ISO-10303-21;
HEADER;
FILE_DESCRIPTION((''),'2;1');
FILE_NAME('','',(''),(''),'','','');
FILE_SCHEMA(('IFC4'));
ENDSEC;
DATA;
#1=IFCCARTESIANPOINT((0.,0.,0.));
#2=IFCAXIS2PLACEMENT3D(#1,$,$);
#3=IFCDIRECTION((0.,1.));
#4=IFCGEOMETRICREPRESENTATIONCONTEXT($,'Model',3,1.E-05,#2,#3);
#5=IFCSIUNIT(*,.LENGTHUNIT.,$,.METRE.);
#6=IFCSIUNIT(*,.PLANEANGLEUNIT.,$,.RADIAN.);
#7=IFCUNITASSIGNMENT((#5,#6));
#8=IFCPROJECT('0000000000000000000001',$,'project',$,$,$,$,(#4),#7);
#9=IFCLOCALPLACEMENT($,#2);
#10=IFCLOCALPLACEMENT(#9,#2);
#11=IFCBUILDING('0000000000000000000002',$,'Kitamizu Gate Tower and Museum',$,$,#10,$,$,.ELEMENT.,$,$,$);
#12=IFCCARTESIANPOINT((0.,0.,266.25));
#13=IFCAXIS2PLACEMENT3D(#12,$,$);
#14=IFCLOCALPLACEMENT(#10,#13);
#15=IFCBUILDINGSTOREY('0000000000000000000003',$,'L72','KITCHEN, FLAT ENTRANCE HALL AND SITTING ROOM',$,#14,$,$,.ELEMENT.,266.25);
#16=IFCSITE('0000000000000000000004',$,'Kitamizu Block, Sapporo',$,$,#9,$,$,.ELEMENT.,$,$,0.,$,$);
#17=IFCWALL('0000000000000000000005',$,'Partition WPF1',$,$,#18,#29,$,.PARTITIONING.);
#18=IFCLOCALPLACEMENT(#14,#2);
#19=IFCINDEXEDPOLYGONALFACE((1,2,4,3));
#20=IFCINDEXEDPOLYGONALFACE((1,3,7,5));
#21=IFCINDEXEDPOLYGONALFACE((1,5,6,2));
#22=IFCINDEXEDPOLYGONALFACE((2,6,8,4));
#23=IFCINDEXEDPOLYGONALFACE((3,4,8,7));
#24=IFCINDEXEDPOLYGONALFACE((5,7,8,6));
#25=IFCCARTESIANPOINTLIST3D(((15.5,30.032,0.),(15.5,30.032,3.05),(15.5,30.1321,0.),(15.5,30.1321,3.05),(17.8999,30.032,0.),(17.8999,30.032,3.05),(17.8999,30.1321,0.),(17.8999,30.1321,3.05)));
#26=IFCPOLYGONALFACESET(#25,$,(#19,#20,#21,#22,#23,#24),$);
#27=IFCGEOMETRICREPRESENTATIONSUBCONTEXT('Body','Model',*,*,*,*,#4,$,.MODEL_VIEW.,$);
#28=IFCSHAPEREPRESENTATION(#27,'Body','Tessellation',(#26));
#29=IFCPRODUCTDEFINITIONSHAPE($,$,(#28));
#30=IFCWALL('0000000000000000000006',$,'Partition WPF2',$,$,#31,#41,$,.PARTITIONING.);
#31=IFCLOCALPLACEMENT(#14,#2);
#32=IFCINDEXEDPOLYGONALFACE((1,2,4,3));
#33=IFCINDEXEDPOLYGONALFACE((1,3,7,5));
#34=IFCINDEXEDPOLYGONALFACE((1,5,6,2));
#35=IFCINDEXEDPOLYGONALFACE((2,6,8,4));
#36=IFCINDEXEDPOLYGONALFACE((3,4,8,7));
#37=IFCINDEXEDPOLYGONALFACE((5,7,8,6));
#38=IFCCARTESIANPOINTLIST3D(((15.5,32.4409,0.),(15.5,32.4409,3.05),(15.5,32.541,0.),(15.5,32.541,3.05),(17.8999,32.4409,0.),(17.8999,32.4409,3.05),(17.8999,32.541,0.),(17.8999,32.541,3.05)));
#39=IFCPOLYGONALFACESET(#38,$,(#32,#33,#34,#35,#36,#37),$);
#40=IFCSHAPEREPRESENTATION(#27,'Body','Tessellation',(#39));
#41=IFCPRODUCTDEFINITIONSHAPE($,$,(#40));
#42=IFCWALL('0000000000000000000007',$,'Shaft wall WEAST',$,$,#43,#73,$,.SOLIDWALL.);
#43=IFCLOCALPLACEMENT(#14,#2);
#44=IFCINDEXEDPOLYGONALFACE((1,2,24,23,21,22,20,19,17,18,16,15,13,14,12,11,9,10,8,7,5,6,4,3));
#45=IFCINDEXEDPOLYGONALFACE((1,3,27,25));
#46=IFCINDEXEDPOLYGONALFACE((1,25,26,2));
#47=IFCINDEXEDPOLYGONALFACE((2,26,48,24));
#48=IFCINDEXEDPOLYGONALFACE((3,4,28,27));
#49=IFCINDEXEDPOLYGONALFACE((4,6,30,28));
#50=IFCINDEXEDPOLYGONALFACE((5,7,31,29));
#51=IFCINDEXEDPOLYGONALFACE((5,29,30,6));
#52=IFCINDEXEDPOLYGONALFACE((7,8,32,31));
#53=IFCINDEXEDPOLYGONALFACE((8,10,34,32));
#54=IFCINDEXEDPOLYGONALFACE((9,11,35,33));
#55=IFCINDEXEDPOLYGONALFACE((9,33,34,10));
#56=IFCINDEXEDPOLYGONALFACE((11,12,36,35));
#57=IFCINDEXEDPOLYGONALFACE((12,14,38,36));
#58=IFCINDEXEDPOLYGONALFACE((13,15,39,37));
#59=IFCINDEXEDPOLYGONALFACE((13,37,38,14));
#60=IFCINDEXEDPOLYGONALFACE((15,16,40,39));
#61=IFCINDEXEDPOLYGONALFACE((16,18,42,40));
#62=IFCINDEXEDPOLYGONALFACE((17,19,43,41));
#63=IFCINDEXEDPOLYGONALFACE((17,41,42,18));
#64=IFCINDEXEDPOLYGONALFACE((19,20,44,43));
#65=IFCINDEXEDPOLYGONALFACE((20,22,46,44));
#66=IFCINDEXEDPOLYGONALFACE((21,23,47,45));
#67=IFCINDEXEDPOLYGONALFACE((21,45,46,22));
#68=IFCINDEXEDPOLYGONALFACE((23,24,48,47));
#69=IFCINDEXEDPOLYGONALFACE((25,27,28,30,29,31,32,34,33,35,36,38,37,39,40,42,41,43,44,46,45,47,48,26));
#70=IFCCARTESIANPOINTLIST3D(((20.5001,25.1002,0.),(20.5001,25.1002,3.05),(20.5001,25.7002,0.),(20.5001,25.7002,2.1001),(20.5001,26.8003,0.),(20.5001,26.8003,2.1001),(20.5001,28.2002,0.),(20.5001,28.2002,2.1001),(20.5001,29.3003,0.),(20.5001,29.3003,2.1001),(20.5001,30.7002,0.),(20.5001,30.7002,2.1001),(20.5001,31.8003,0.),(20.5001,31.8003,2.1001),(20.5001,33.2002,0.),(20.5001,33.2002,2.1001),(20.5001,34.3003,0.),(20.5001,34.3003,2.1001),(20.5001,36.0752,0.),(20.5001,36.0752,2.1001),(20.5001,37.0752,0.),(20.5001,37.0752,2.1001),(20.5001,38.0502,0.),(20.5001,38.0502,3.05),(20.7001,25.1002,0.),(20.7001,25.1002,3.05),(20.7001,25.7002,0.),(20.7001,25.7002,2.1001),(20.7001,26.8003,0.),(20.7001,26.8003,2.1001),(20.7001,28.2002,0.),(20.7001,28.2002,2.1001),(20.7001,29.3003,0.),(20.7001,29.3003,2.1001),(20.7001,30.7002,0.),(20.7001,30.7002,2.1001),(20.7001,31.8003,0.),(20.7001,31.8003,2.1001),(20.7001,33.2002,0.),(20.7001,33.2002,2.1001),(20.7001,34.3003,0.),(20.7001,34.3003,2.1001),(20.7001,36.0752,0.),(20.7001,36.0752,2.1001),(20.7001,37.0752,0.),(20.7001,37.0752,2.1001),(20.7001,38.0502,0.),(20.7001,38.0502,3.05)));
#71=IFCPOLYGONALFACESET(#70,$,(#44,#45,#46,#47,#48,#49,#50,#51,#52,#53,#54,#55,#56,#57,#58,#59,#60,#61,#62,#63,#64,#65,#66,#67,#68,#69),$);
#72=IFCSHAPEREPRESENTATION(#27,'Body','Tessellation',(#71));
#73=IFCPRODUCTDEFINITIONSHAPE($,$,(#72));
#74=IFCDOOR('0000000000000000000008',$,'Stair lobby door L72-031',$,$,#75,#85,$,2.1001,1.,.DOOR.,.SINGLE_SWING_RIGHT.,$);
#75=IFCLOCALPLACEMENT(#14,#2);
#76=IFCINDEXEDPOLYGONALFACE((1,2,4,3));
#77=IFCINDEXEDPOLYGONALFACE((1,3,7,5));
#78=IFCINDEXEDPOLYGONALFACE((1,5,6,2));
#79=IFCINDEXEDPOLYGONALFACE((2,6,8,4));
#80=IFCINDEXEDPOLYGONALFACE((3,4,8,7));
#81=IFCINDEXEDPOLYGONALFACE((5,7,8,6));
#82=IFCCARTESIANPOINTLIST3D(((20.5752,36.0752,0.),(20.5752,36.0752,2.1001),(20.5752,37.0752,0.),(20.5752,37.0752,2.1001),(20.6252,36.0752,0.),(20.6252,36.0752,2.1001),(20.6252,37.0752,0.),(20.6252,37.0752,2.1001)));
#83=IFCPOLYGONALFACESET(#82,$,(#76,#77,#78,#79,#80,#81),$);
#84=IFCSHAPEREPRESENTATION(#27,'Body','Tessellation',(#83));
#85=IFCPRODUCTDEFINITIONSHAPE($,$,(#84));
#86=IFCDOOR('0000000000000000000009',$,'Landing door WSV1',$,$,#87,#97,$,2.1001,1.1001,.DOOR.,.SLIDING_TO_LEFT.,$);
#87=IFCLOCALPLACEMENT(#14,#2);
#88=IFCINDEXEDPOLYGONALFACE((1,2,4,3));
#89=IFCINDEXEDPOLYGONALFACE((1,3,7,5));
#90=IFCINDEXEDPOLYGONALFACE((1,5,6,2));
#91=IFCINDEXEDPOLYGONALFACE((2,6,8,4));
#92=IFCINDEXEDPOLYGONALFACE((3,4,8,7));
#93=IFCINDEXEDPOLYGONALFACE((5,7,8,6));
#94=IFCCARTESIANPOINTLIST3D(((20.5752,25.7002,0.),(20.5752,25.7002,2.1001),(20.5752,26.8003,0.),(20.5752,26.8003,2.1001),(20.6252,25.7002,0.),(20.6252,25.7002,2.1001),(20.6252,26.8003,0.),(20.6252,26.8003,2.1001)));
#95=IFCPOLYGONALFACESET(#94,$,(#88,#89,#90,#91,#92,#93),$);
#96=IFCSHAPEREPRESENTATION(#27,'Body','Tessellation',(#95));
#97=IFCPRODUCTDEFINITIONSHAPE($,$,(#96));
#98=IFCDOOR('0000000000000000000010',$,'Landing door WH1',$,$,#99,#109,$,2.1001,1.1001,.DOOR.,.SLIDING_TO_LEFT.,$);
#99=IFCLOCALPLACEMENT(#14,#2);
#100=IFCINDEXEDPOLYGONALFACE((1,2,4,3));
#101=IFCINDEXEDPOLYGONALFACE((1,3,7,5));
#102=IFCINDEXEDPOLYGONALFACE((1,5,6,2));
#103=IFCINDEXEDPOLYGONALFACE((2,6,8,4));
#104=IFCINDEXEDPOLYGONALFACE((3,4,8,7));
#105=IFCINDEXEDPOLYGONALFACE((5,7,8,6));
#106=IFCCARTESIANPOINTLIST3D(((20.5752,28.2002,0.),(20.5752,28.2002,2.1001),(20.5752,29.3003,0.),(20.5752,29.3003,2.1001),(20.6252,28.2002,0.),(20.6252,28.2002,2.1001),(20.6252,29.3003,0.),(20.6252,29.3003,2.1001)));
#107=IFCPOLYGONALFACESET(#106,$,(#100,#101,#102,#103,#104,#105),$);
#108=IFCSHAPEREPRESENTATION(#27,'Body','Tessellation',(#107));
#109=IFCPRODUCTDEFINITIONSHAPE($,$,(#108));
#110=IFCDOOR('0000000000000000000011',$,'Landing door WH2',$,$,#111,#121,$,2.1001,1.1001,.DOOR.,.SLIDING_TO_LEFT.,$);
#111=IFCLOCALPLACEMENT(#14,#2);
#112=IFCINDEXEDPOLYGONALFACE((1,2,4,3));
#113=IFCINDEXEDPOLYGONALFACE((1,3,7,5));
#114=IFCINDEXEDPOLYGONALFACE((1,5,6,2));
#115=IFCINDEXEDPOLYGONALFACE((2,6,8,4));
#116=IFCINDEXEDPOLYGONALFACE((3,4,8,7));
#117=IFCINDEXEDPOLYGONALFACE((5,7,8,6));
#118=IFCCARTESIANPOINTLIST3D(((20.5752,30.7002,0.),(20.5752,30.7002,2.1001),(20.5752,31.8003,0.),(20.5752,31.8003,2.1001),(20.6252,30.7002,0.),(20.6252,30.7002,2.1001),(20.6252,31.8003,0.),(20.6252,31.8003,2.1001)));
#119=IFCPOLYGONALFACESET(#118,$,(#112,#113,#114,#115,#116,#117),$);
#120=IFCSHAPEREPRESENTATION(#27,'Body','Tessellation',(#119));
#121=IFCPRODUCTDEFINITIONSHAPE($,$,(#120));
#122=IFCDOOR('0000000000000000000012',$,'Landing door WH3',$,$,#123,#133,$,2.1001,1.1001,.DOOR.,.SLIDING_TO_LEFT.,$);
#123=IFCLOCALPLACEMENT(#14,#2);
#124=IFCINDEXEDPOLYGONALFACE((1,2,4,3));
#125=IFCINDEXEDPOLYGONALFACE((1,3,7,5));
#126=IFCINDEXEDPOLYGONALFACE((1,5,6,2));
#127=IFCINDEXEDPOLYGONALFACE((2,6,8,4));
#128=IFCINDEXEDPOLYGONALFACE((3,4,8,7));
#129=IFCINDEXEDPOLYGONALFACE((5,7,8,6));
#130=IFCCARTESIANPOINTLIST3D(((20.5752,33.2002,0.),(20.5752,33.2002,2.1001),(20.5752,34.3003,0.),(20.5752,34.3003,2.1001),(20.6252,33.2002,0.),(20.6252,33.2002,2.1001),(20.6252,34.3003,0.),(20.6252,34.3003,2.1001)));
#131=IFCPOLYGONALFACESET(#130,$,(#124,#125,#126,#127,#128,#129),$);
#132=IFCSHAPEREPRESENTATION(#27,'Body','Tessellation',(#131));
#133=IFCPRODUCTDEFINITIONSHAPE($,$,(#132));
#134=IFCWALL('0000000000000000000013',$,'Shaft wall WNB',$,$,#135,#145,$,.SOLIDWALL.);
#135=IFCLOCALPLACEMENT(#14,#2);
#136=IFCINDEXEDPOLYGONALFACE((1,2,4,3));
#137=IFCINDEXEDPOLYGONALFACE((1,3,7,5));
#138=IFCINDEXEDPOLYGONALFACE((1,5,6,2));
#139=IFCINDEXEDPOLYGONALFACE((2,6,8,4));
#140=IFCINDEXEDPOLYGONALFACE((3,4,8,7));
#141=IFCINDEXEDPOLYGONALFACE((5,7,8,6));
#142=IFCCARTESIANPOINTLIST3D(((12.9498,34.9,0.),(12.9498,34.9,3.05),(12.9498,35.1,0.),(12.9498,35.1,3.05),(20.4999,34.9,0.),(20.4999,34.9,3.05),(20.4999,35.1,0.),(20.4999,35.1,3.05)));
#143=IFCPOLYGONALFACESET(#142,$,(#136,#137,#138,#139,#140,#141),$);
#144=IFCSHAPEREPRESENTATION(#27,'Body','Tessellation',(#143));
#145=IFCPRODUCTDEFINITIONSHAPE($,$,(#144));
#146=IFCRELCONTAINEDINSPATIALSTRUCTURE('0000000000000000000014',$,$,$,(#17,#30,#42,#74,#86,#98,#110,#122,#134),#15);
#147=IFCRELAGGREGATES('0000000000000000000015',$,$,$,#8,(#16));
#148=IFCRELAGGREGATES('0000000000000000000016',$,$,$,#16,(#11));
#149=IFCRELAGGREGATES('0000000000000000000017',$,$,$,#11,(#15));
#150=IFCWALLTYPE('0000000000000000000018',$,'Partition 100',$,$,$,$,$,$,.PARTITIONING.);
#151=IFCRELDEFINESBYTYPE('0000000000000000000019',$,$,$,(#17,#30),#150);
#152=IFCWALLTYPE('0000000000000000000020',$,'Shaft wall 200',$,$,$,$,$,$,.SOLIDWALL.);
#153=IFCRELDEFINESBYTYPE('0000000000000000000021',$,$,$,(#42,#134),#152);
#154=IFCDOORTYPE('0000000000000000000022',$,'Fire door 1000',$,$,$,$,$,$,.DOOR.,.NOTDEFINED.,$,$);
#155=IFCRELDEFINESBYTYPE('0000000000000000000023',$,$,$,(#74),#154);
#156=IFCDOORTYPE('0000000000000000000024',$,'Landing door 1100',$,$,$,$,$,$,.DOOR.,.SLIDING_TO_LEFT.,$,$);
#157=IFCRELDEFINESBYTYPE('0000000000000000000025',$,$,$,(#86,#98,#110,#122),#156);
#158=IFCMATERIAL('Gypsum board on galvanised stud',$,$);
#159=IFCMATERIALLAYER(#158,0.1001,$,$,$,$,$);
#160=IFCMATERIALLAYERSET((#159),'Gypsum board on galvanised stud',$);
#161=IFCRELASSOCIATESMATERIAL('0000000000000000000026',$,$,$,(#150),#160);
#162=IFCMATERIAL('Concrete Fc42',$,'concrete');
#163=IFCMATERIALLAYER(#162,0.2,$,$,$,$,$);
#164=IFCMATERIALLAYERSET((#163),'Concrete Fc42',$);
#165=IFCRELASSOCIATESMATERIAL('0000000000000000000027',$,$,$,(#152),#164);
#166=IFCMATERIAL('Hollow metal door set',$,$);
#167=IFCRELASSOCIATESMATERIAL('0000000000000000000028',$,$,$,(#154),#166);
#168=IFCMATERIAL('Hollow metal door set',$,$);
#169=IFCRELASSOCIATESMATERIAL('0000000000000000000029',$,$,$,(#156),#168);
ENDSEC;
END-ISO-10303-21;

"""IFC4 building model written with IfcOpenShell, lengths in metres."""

from ifc_helpers import new_model, si_unit, direction, frame, frame_2d, origin, place, context, subcontext, project, spatial, rectangle, extrude, material, layer, layer_set, type_object, element, fill, save


model = new_model("IFC4")

# Units and contexts
model_context = context("Model", 3, precision=1e-05, world=origin(), true_north=direction((0.0, 1.0)))
body_context = subcontext(model_context, "Body", "Model", "MODEL_VIEW")
ifc_project = project(units=[si_unit("LENGTHUNIT", "METRE"), si_unit("PLANEANGLEUNIT", "RADIAN")], contexts=[model_context])

# Site, building, storey
site_placement = place(None, origin())
site = spatial("IfcSite", under=ifc_project, at=site_placement, Name="Kitamizu Block, Sapporo", CompositionType="ELEMENT", RefElevation=0.0)
building_placement = place(site_placement, origin())
building = spatial("IfcBuilding", under=site, at=building_placement, Name="Kitamizu Gate Tower and Museum", CompositionType="ELEMENT")
storey_placement = place(building_placement, frame((0.0, 0.0, 266.25)))
storey = spatial("IfcBuildingStorey", under=building, at=storey_placement, Name="L72", Description="KITCHEN, FLAT ENTRANCE HALL AND SITTING ROOM", CompositionType="ELEMENT", Elevation=266.25)

# Walls
ifc_material_1 = material(Name="Gypsum board on galvanised stud")
ifc_layer_1 = layer(ifc_material_1, 0.1001)
ifc_layer_set_1 = layer_set([ifc_layer_1], Name="Gypsum board on galvanised stud")
wall_type_1 = type_object("IfcWallType", Name="Partition 100", PredefinedType="PARTITIONING", material=ifc_layer_set_1)
for number, where, z_axis, x_axis, name in (
    (1, (15.5, 30.082, 0.0), (0.0, 0.0, 1.0), (1.0, 0.0, 0.0), "Partition WPF1"),
    (2, (15.5, 32.491, 0.0), (0.0, 0.0, 1.0), (1.0, 0.0, 0.0), "Partition WPF2"),
):
    element("IfcWall", number, at=place(storey_placement, frame(where, z_axis=z_axis, x_axis=x_axis)), inside=storey, type_object=wall_type_1, Name=name, PredefinedType="PARTITIONING", context=body_context, shape_type="SweptSolid", body=[
        extrude(rectangle(XDim=2.3999, YDim=0.1001, at=frame_2d((1.2, 0.0))), origin(), (0.0, 0.0, 1.0), 3.05),
    ])

# Wall, openings, doors
ifc_material_2 = material(Name="Concrete Fc42", Category="concrete")
ifc_layer_2 = layer(ifc_material_2, 0.2)
ifc_layer_set_2 = layer_set([ifc_layer_2], Name="Concrete Fc42")
wall_type_2 = type_object("IfcWallType", Name="Shaft wall 200", PredefinedType="SOLIDWALL", material=ifc_layer_set_2)
wall_1_placement = place(storey_placement, frame((20.6001, 25.1001, 0.0), z_axis=(0.0, 0.0, 1.0), x_axis=(0.0, 1.0, 0.0)))
wall_1 = element("IfcWall", 3, at=wall_1_placement, inside=storey, type_object=wall_type_2, Name="Shaft wall WEAST", PredefinedType="SOLIDWALL", context=body_context, shape_type="SweptSolid", body=[
    extrude(rectangle(XDim=12.95, YDim=0.2, at=frame_2d((6.4751, 0.0))), origin(), (0.0, 0.0, 1.0), 3.05),
])
opening_1_placement = place(wall_1_placement, frame((0.6001, 0.0, 0.0)))
opening_1 = element("IfcOpeningElement", 4, at=opening_1_placement, cuts=wall_1, PredefinedType="OPENING", context=body_context, shape_type="SweptSolid", body=[
    extrude(rectangle(XDim=1.1001, YDim=2.1001, at=frame_2d((0.55, 1.05))), frame((0.0, 0.1099, 0.0), z_axis=(0.0, -1.0, 0.0), x_axis=(1.0, 0.0, 0.0)), (0.0, 0.0, 1.0), 0.22),
])
opening_2_placement = place(wall_1_placement, frame((3.1001, 0.0, 0.0)))
opening_2 = element("IfcOpeningElement", 5, at=opening_2_placement, cuts=wall_1, PredefinedType="OPENING", context=body_context, shape_type="SweptSolid", body=[
    extrude(rectangle(XDim=1.1001, YDim=2.1001, at=frame_2d((0.55, 1.05))), frame((0.0, 0.1099, 0.0), z_axis=(0.0, -1.0, 0.0), x_axis=(1.0, 0.0, 0.0)), (0.0, 0.0, 1.0), 0.22),
])
opening_3_placement = place(wall_1_placement, frame((5.6001, 0.0, 0.0)))
opening_3 = element("IfcOpeningElement", 6, at=opening_3_placement, cuts=wall_1, PredefinedType="OPENING", context=body_context, shape_type="SweptSolid", body=[
    extrude(rectangle(XDim=1.1001, YDim=2.1001, at=frame_2d((0.55, 1.05))), frame((0.0, 0.1099, 0.0), z_axis=(0.0, -1.0, 0.0), x_axis=(1.0, 0.0, 0.0)), (0.0, 0.0, 1.0), 0.22),
])
opening_4_placement = place(wall_1_placement, frame((8.1001, 0.0, 0.0)))
opening_4 = element("IfcOpeningElement", 7, at=opening_4_placement, cuts=wall_1, PredefinedType="OPENING", context=body_context, shape_type="SweptSolid", body=[
    extrude(rectangle(XDim=1.1001, YDim=2.1001, at=frame_2d((0.55, 1.05))), frame((0.0, 0.1099, 0.0), z_axis=(0.0, -1.0, 0.0), x_axis=(1.0, 0.0, 0.0)), (0.0, 0.0, 1.0), 0.22),
])
opening_5_placement = place(wall_1_placement, frame((10.9751, 0.0, 0.0)))
opening_5 = element("IfcOpeningElement", 8, at=opening_5_placement, cuts=wall_1, PredefinedType="OPENING", context=body_context, shape_type="SweptSolid", body=[
    extrude(rectangle(XDim=1.0, YDim=2.1001, at=frame_2d((0.5, 1.05))), frame((0.0, 0.1099, 0.0), z_axis=(0.0, -1.0, 0.0), x_axis=(1.0, 0.0, 0.0)), (0.0, 0.0, 1.0), 0.22),
])
ifc_material_3 = material(Name="Hollow metal door set")
door_type_1 = type_object("IfcDoorType", Name="Fire door 1000", OperationType="NOTDEFINED", PredefinedType="DOOR", material=ifc_material_3)
door_1_placement = place(opening_5_placement, origin())
door_1 = element("IfcDoor", 9, at=door_1_placement, inside=storey, type_object=door_type_1, Name="Stair lobby door L72-031", OperationType="SINGLE_SWING_RIGHT", OverallHeight=2.1001, OverallWidth=1.0, PredefinedType="DOOR", context=body_context, shape_type="SweptSolid", body=[
    extrude(rectangle(XDim=1.0, YDim=2.1001, at=frame_2d((0.5, 1.05))), frame((0.0, 0.0249, 0.0), z_axis=(0.0, -1.0, 0.0), x_axis=(1.0, 0.0, 0.0)), (0.0, 0.0, 1.0), 0.05),
])
fill(opening_5, door_1)
ifc_material_4 = material(Name="Hollow metal door set")
door_type_2 = type_object("IfcDoorType", Name="Landing door 1100", OperationType="SLIDING_TO_LEFT", PredefinedType="DOOR", material=ifc_material_4)
door_2_placement = place(opening_1_placement, origin())
door_2 = element("IfcDoor", 10, at=door_2_placement, inside=storey, type_object=door_type_2, Name="Landing door WSV1", OperationType="SLIDING_TO_LEFT", OverallHeight=2.1001, OverallWidth=1.1001, PredefinedType="DOOR", context=body_context, shape_type="SweptSolid", body=[
    extrude(rectangle(XDim=1.1001, YDim=2.1001, at=frame_2d((0.55, 1.05))), frame((0.0, 0.0249, 0.0), z_axis=(0.0, -1.0, 0.0), x_axis=(1.0, 0.0, 0.0)), (0.0, 0.0, 1.0), 0.05),
])
fill(opening_1, door_2)
door_3_placement = place(opening_2_placement, origin())
door_3 = element("IfcDoor", 11, at=door_3_placement, inside=storey, type_object=door_type_2, Name="Landing door WH1", OperationType="SLIDING_TO_LEFT", OverallHeight=2.1001, OverallWidth=1.1001, PredefinedType="DOOR", context=body_context, shape_type="SweptSolid", body=[
    extrude(rectangle(XDim=1.1001, YDim=2.1001, at=frame_2d((0.55, 1.05))), frame((0.0, 0.0249, 0.0), z_axis=(0.0, -1.0, 0.0), x_axis=(1.0, 0.0, 0.0)), (0.0, 0.0, 1.0), 0.05),
])
fill(opening_2, door_3)
door_4_placement = place(opening_3_placement, origin())
door_4 = element("IfcDoor", 12, at=door_4_placement, inside=storey, type_object=door_type_2, Name="Landing door WH2", OperationType="SLIDING_TO_LEFT", OverallHeight=2.1001, OverallWidth=1.1001, PredefinedType="DOOR", context=body_context, shape_type="SweptSolid", body=[
    extrude(rectangle(XDim=1.1001, YDim=2.1001, at=frame_2d((0.55, 1.05))), frame((0.0, 0.0249, 0.0), z_axis=(0.0, -1.0, 0.0), x_axis=(1.0, 0.0, 0.0)), (0.0, 0.0, 1.0), 0.05),
])
fill(opening_3, door_4)
door_5_placement = place(opening_4_placement, origin())
door_5 = element("IfcDoor", 13, at=door_5_placement, inside=storey, type_object=door_type_2, Name="Landing door WH3", OperationType="SLIDING_TO_LEFT", OverallHeight=2.1001, OverallWidth=1.1001, PredefinedType="DOOR", context=body_context, shape_type="SweptSolid", body=[
    extrude(rectangle(XDim=1.1001, YDim=2.1001, at=frame_2d((0.55, 1.05))), frame((0.0, 0.0249, 0.0), z_axis=(0.0, -1.0, 0.0), x_axis=(1.0, 0.0, 0.0)), (0.0, 0.0, 1.0), 0.05),
])
fill(opening_4, door_5)

# Wall
wall_2_placement = place(storey_placement, frame((12.95, 35.0, 0.0), z_axis=(0.0, 0.0, 1.0), x_axis=(1.0, 0.0, 0.0)))
element("IfcWall", 14, at=wall_2_placement, inside=storey, type_object=wall_type_2, Name="Shaft wall WNB", PredefinedType="SOLIDWALL", context=body_context, shape_type="SweptSolid", body=[
    extrude(rectangle(XDim=7.55, YDim=0.2, at=frame_2d((3.7749, 0.0))), origin(), (0.0, 0.0, 1.0), 3.05),
])

save(model, "model.ifc")
